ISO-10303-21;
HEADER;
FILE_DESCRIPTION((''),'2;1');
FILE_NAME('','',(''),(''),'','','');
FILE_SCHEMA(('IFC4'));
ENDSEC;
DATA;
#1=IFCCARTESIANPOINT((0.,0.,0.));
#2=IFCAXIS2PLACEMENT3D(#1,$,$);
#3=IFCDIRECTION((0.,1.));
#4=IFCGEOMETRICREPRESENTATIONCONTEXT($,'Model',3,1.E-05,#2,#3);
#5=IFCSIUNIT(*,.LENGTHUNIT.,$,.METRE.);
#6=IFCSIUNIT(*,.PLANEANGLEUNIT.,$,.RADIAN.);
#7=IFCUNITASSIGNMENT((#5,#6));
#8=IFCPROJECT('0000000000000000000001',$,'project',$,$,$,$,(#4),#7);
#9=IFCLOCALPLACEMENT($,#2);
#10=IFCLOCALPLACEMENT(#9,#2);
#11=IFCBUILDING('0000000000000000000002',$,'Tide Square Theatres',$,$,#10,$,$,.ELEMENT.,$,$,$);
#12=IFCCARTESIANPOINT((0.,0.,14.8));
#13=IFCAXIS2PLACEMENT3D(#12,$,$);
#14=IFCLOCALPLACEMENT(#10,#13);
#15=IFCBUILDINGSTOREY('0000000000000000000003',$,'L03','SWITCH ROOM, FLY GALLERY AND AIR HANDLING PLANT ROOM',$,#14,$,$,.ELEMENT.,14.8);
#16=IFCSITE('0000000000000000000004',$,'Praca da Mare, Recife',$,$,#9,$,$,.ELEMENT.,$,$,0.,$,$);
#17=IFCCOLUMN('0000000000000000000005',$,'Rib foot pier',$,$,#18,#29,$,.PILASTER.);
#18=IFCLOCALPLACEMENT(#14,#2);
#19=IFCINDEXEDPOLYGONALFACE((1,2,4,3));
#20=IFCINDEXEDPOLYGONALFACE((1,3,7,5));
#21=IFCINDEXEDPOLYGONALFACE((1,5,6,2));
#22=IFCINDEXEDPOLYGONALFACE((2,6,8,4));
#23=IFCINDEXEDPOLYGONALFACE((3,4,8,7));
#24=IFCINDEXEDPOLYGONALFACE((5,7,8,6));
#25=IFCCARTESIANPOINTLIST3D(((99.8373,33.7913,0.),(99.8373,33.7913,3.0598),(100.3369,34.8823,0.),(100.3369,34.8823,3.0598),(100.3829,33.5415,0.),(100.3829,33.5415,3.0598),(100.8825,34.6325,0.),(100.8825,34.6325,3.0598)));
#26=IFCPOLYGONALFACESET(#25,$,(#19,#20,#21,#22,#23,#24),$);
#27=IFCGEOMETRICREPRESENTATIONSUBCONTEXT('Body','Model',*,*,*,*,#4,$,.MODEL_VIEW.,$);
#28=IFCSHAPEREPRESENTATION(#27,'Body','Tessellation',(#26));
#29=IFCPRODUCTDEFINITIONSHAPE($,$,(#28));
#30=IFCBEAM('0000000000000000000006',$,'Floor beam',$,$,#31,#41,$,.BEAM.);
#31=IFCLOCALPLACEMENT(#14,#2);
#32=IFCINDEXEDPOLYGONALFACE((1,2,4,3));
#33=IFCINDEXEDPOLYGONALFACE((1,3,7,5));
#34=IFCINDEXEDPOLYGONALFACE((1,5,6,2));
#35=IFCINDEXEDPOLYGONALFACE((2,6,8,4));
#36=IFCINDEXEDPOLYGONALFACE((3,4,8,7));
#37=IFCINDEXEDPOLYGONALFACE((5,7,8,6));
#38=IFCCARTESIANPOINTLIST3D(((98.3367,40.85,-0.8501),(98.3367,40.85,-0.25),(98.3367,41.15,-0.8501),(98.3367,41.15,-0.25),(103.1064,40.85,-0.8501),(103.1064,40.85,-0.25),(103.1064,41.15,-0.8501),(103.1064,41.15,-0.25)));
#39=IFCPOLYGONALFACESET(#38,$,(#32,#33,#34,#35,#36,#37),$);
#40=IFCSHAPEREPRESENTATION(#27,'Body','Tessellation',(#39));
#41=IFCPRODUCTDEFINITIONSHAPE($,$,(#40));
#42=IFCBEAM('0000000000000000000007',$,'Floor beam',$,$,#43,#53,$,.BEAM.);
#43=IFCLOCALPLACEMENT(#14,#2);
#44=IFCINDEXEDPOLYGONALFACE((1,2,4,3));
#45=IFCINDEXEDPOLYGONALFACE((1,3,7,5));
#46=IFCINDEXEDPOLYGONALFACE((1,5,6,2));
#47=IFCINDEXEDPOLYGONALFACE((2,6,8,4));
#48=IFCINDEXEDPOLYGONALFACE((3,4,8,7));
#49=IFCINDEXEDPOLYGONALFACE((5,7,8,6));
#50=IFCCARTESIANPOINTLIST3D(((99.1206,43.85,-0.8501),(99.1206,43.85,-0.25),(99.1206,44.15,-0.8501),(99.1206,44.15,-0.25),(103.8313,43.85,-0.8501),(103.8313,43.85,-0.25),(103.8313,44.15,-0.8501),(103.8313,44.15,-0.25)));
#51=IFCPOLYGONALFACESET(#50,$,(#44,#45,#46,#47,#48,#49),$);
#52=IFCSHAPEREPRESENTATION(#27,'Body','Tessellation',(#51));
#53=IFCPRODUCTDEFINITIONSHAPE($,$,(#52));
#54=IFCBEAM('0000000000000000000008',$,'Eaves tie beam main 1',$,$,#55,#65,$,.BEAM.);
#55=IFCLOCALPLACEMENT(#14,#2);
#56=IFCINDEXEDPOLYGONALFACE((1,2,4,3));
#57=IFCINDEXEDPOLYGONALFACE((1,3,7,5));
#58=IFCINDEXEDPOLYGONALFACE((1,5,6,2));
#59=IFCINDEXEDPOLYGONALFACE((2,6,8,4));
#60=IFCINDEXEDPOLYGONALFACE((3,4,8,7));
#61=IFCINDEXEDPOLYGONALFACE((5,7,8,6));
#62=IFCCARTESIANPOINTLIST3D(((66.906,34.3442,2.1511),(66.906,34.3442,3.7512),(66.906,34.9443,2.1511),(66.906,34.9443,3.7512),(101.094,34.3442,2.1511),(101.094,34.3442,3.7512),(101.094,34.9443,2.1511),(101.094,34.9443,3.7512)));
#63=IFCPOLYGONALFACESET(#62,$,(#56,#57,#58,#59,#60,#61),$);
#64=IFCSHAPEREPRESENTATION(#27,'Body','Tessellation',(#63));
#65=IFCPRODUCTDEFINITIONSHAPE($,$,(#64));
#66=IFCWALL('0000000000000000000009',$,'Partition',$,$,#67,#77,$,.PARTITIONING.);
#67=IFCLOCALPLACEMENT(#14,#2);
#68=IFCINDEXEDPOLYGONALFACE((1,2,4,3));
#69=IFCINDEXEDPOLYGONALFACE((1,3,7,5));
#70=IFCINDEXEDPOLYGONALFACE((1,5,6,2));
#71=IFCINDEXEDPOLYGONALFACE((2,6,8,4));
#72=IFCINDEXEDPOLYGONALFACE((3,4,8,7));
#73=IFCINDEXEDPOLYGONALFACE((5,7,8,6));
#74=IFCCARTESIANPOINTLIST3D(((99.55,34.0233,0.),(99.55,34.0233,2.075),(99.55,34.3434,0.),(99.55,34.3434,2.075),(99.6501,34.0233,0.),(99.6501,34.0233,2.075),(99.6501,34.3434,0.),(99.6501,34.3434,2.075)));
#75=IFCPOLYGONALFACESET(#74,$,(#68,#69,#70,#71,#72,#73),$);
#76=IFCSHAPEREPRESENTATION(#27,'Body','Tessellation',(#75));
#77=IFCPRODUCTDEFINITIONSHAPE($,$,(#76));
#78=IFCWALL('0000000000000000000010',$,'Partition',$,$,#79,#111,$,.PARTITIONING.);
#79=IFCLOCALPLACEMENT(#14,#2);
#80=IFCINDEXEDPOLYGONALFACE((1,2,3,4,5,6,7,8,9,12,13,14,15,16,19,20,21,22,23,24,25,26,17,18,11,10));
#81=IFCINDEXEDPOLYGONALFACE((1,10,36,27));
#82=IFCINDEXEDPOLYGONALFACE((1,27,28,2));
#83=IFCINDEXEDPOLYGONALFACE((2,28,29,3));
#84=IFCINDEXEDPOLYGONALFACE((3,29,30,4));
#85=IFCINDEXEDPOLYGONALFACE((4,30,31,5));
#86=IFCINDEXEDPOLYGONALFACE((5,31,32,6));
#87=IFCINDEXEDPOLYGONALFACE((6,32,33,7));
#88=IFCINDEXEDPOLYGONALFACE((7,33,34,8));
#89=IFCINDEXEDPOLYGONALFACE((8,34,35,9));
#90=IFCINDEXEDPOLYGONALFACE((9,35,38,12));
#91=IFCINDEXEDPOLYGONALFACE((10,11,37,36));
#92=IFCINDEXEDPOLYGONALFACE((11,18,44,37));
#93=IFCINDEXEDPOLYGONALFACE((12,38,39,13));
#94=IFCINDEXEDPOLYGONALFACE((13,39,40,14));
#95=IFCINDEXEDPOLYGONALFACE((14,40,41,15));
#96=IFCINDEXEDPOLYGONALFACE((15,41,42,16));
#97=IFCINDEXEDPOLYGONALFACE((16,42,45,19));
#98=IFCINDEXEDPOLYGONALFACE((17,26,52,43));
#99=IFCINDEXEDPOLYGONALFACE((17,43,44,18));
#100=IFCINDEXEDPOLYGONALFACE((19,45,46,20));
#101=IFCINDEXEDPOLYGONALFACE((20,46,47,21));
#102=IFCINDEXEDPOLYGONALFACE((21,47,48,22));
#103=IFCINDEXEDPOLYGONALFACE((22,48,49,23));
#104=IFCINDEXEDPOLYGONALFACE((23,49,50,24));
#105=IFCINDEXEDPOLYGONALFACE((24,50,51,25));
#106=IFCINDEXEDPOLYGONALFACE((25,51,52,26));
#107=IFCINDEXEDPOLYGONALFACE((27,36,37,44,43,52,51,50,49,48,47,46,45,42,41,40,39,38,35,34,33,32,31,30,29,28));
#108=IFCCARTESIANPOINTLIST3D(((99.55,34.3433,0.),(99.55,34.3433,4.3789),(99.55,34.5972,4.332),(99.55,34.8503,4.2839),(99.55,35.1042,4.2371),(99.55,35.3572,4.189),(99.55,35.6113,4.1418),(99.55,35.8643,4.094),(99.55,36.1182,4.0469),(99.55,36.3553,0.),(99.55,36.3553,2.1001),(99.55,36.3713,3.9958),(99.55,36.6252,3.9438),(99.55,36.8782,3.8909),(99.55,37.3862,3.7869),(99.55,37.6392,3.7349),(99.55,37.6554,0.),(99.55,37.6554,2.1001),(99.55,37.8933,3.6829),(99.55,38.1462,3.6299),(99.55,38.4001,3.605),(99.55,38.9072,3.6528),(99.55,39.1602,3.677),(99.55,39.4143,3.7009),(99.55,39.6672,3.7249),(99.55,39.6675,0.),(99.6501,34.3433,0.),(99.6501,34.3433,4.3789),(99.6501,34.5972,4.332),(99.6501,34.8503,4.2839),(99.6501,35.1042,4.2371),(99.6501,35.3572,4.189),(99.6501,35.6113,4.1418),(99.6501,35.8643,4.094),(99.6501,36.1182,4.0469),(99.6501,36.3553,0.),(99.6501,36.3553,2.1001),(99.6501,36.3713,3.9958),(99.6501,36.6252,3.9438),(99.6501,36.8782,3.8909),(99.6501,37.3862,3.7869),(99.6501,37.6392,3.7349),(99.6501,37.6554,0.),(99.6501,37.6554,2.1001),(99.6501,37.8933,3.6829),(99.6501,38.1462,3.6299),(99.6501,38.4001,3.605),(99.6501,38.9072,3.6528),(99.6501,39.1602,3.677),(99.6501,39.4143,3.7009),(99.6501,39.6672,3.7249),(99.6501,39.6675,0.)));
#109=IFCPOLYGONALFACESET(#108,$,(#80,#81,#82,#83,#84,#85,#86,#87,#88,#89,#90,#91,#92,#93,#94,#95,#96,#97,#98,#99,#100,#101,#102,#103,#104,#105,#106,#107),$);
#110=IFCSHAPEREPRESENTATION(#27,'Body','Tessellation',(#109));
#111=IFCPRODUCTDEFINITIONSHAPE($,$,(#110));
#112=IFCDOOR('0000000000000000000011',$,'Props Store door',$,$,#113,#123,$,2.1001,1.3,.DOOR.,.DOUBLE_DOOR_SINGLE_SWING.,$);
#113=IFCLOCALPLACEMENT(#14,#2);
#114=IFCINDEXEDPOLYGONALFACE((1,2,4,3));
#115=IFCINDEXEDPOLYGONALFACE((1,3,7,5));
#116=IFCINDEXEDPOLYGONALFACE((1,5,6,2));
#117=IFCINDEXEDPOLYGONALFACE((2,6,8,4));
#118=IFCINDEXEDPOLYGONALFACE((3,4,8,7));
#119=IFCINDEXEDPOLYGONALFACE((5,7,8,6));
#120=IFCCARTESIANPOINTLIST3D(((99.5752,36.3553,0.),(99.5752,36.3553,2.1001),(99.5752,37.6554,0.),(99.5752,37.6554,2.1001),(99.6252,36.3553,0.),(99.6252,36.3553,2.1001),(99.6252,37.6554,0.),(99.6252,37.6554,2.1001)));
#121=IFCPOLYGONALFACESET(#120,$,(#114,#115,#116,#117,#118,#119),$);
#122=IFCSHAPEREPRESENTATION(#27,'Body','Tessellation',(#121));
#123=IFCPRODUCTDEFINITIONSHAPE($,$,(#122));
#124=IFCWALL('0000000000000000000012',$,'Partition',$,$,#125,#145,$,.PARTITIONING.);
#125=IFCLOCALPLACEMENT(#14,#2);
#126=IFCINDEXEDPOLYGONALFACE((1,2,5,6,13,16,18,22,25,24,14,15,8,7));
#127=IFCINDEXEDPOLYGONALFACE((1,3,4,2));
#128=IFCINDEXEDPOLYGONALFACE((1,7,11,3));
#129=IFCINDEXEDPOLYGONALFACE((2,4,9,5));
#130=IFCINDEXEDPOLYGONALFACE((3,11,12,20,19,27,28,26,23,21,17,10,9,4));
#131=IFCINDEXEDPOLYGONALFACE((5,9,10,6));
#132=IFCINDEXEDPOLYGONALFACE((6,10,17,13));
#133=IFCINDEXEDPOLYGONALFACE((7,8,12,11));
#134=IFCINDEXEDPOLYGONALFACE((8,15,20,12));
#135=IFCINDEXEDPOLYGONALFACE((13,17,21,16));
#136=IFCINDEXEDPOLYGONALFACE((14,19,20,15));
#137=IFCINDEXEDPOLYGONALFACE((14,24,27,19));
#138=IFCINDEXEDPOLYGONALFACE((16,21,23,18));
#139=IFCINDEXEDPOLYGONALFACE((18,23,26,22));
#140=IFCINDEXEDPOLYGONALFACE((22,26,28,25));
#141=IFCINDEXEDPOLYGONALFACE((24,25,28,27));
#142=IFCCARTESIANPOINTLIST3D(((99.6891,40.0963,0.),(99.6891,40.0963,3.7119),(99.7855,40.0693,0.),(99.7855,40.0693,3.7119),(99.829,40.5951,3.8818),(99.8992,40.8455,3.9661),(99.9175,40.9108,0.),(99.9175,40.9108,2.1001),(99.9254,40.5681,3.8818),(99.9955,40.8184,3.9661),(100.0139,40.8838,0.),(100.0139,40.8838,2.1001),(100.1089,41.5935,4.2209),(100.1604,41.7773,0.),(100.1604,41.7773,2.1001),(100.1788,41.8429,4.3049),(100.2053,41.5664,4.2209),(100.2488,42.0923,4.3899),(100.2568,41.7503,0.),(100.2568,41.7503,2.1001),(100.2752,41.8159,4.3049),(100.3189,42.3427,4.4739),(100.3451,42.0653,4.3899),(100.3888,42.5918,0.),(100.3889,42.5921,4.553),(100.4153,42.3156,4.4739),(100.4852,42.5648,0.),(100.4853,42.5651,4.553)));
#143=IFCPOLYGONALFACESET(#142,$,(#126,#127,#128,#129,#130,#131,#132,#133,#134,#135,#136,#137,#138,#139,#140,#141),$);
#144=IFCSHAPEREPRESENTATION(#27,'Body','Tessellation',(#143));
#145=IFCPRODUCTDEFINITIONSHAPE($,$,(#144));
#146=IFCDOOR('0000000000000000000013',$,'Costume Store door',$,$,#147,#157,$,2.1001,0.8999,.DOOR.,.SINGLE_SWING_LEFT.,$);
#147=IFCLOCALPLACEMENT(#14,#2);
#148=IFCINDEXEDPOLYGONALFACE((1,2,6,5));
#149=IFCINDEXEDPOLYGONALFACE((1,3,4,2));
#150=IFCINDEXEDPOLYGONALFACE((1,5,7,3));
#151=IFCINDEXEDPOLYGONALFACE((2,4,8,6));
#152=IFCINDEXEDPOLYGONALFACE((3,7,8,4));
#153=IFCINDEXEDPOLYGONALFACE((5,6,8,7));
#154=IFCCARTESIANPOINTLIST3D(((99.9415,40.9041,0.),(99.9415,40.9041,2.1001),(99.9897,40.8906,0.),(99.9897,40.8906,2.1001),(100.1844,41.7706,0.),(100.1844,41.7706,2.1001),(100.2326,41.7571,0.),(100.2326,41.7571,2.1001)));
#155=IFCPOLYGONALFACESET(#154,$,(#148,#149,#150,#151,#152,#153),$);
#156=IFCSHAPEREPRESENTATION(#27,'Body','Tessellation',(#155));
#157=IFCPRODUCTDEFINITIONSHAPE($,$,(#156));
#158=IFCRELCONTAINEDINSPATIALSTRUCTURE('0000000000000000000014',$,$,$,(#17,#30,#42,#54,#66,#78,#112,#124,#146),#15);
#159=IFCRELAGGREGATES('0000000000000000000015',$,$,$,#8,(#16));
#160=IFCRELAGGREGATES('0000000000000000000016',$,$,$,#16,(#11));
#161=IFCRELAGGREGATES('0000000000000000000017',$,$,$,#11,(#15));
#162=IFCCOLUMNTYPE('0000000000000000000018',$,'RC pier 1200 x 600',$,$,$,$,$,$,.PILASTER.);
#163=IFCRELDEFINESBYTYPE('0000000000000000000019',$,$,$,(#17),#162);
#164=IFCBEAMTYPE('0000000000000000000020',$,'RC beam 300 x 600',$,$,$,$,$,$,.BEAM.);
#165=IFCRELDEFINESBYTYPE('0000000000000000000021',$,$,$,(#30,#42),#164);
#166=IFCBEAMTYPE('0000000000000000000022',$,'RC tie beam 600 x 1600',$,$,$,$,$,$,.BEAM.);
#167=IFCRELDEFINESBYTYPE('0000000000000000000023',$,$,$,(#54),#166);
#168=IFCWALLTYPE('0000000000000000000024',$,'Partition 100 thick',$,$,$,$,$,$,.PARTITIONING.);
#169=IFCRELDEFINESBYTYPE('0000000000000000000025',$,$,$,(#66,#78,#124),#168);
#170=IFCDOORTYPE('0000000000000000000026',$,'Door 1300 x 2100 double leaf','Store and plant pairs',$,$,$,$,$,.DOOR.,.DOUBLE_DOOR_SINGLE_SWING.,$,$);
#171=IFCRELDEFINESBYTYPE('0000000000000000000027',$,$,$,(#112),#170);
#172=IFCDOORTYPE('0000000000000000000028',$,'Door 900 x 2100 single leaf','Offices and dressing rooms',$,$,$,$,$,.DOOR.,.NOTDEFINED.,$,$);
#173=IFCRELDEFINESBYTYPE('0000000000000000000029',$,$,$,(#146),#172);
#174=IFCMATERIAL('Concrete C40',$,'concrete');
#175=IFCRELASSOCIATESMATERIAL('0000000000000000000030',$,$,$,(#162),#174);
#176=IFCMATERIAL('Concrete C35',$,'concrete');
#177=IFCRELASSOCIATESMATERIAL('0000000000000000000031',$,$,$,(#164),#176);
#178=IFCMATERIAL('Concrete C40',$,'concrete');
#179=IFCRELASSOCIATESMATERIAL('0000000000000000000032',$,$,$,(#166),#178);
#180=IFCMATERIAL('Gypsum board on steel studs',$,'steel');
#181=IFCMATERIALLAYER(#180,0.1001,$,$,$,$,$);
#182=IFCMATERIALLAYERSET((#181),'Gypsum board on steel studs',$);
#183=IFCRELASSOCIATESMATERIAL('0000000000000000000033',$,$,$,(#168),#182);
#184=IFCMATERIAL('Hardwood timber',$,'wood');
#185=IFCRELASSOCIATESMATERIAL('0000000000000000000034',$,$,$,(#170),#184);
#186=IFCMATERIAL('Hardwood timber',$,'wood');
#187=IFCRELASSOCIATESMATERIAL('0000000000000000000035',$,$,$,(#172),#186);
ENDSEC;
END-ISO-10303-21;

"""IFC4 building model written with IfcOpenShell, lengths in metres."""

from ifc_helpers import new_model, si_unit, direction, frame, frame_2d, origin, origin_2d, place, context, subcontext, project, spatial, polyline, rectangle, outline, extrude, material, layer, layer_set, material_profile, profile_set, type_object, element, fill, save


model = new_model("IFC4")

# Units and contexts
model_context = context("Model", 3, precision=1e-05, world=origin(), true_north=direction((0.0, 1.0)))
body_context = subcontext(model_context, "Body", "Model", "MODEL_VIEW")
ifc_project = project(units=[si_unit("LENGTHUNIT", "METRE"), si_unit("PLANEANGLEUNIT", "RADIAN")], contexts=[model_context])

# Site, building, storey
site_placement = place(None, origin())
site = spatial("IfcSite", under=ifc_project, at=site_placement, Name="Praca da Mare, Recife", CompositionType="ELEMENT", RefElevation=0.0)
building_placement = place(site_placement, origin())
building = spatial("IfcBuilding", under=site, at=building_placement, Name="Tide Square Theatres", CompositionType="ELEMENT")
storey_placement = place(building_placement, frame((0.0, 0.0, 14.8)))
storey = spatial("IfcBuildingStorey", under=building, at=storey_placement, Name="L03", Description="SWITCH ROOM, FLY GALLERY AND AIR HANDLING PLANT ROOM", CompositionType="ELEMENT", Elevation=14.8)

# Column
ifc_material_1 = material(Name="Concrete C40", Category="concrete")
ifc_material_profile_1 = material_profile(ifc_material_1, rectangle(XDim=1.2, YDim=0.6001, at=origin_2d()))
ifc_profile_set_1 = profile_set([ifc_material_profile_1], Name="Concrete C40")
column_type = type_object("IfcColumnType", Name="RC pier 1200 x 600", PredefinedType="PILASTER", material=ifc_profile_set_1)
column_placement = place(storey_placement, frame((100.3599, 34.2119, 0.0), z_axis=(0.0, 0.0, 1.0), x_axis=(0.416344, 0.909207, 0.0)))
element("IfcColumn", 1, at=column_placement, inside=storey, type_object=column_type, Name="Rib foot pier", PredefinedType="PILASTER", context=body_context, shape_type="SweptSolid", body=[
    extrude(rectangle(XDim=1.2, YDim=0.6001, at=origin_2d()), origin(), (0.0, 0.0, 1.0), 3.0598),
])

# Beams
ifc_material_2 = material(Name="Concrete C35", Category="concrete")
ifc_material_profile_2 = material_profile(ifc_material_2, rectangle(XDim=0.3, YDim=0.6001, at=origin_2d()))
ifc_profile_set_2 = profile_set([ifc_material_profile_2], Name="Concrete C35")
beam_type_1 = type_object("IfcBeamType", Name="RC beam 300 x 600", PredefinedType="BEAM", material=ifc_profile_set_2)
beam_1_placement = place(storey_placement, frame((98.3367, 41.0, -0.55), z_axis=(1.0, 0.0, 0.0), x_axis=(0.0, 1.0, 0.0)))
element("IfcBeam", 2, at=beam_1_placement, inside=storey, type_object=beam_type_1, Name="Floor beam", PredefinedType="BEAM", context=body_context, shape_type="SweptSolid", body=[
    extrude(rectangle(XDim=0.3, YDim=0.6001, at=origin_2d()), origin(), (0.0, 0.0, 1.0), 4.7698),
])
beam_2_placement = place(storey_placement, frame((99.1206, 44.0, -0.55), z_axis=(1.0, 0.0, 0.0), x_axis=(0.0, 1.0, 0.0)))
element("IfcBeam", 3, at=beam_2_placement, inside=storey, type_object=beam_type_1, Name="Floor beam", PredefinedType="BEAM", context=body_context, shape_type="SweptSolid", body=[
    extrude(rectangle(XDim=0.3, YDim=0.6001, at=origin_2d()), origin(), (0.0, 0.0, 1.0), 4.7107),
])
ifc_material_3 = material(Name="Concrete C40", Category="concrete")
ifc_material_profile_3 = material_profile(ifc_material_3, rectangle(XDim=0.6001, YDim=1.6001, at=origin_2d()))
ifc_profile_set_3 = profile_set([ifc_material_profile_3], Name="Concrete C40")
beam_type_2 = type_object("IfcBeamType", Name="RC tie beam 600 x 1600", PredefinedType="BEAM", material=ifc_profile_set_3)
beam_3_placement = place(storey_placement, frame((101.094, 34.6443, 2.9512), z_axis=(-1.0, 0.0, 0.0), x_axis=(0.0, -1.0, 0.0)))
element("IfcBeam", 4, at=beam_3_placement, inside=storey, type_object=beam_type_2, Name="Eaves tie beam main 1", PredefinedType="BEAM", context=body_context, shape_type="SweptSolid", body=[
    extrude(rectangle(XDim=0.6001, YDim=1.6001, at=origin_2d()), origin(), (0.0, 0.0, 1.0), 34.188),
])

# Wall
ifc_material_4 = material(Name="Gypsum board on steel studs", Category="steel")
ifc_layer_1 = layer(ifc_material_4, 0.1001)
ifc_layer_set_1 = layer_set([ifc_layer_1], Name="Gypsum board on steel studs")
wall_type_1 = type_object("IfcWallType", Name="Partition 100 thick", PredefinedType="PARTITIONING", material=ifc_layer_set_1)
wall_1_placement = place(storey_placement, frame((99.6001, 34.0232, 0.0), z_axis=(0.0, 0.0, 1.0), x_axis=(0.0, 1.0, 0.0)))
element("IfcWall", 5, at=wall_1_placement, inside=storey, type_object=wall_type_1, Name="Partition", PredefinedType="PARTITIONING", context=body_context, shape_type="SweptSolid", body=[
    extrude(rectangle(XDim=0.3201, YDim=0.1001, at=frame_2d((0.1602, 0.0))), origin(), (0.0, 0.0, 1.0), 2.075),
])

# Walls, openings, doors
wall_2_placement = place(storey_placement, frame((99.6001, 34.3433, 0.0), z_axis=(0.0, 0.0, 1.0), x_axis=(0.0, 1.0, 0.0)))
wall_2 = element("IfcWall", 6, at=wall_2_placement, inside=storey, type_object=wall_type_1, Name="Partition", PredefinedType="PARTITIONING", context=body_context, shape_type="SweptSolid", body=[
    extrude(outline(polyline([(0.0, 0.0), (5.3242, 0.0), (5.324, 3.7249), (5.071, 3.7009), (4.8169, 3.677), (4.564, 3.6528), (4.3101, 3.6289), (4.0569, 3.605), (3.803, 3.6299), (3.55, 3.6829), (3.2959, 3.7349), (3.043, 3.7869), (2.7891, 3.8389), (2.5349, 3.8909), (2.282, 3.9438), (2.0281, 3.9958), (1.7749, 4.0469), (1.521, 4.094), (1.2681, 4.1418), (1.0139, 4.189), (0.761, 4.2371), (0.5071, 4.2839), (0.2539, 4.332), (0.0, 4.3789), (0.0, 0.0)])), frame((0.0, 0.05, 0.0), z_axis=(0.0, -1.0, 0.0), x_axis=(1.0, 0.0, 0.0)), (0.0, 0.0, 1.0), 0.1001),
])
opening_1_placement = place(wall_2_placement, frame((2.0122, 0.0, 0.0)))
opening_1 = element("IfcOpeningElement", 7, at=opening_1_placement, cuts=wall_2, PredefinedType="OPENING", context=body_context, shape_type="SweptSolid", body=[
    extrude(rectangle(XDim=1.3, YDim=2.1001, at=frame_2d((0.6499, 1.05))), frame((0.0, 0.0601, 0.0), z_axis=(0.0, -1.0, 0.0), x_axis=(1.0, 0.0, 0.0)), (0.0, 0.0, 1.0), 0.1201),
])
ifc_material_5 = material(Name="Hardwood timber", Category="wood")
door_type_1 = type_object("IfcDoorType", Name="Door 1300 x 2100 double leaf", Description="Store and plant pairs", OperationType="DOUBLE_DOOR_SINGLE_SWING", PredefinedType="DOOR", material=ifc_material_5)
door_1_placement = place(opening_1_placement, origin())
door_1 = element("IfcDoor", 8, at=door_1_placement, inside=storey, type_object=door_type_1, Name="Props Store door", OperationType="DOUBLE_DOOR_SINGLE_SWING", OverallHeight=2.1001, OverallWidth=1.3, PredefinedType="DOOR", context=body_context, shape_type="SweptSolid", body=[
    extrude(rectangle(XDim=1.3, YDim=2.1001, at=frame_2d((0.6499, 1.05))), frame((0.0, 0.0249, 0.0), z_axis=(0.0, -1.0, 0.0), x_axis=(1.0, 0.0, 0.0)), (0.0, 0.0, 1.0), 0.05),
])
fill(opening_1, door_1)
wall_3_placement = place(storey_placement, frame((99.7373, 40.0828, 0.0), z_axis=(0.0, 0.0, 1.0), x_axis=(0.269965, 0.96287, 0.0)))
wall_3 = element("IfcWall", 9, at=wall_3_placement, inside=storey, type_object=wall_type_1, Name="Partition", PredefinedType="PARTITIONING", context=body_context, shape_type="SweptSolid", body=[
    extrude(outline(polyline([(0.0, 0.0), (2.5918, 0.0), (2.592, 4.553), (2.333, 4.4739), (2.073, 4.3899), (1.814, 4.3049), (1.5549, 4.2209), (1.2959, 4.136), (1.0371, 4.051), (0.7781, 3.9661), (0.5181, 3.8818), (0.259, 3.7969), (0.0, 3.7119), (0.0, 0.0)])), frame((0.0, 0.05, 0.0), z_axis=(0.0, -1.0, 0.0), x_axis=(1.0, 0.0, 0.0)), (0.0, 0.0, 1.0), 0.1001),
])
opening_2_placement = place(wall_3_placement, frame((0.8459, 0.0, 0.0)))
opening_2 = element("IfcOpeningElement", 10, at=opening_2_placement, cuts=wall_3, PredefinedType="OPENING", context=body_context, shape_type="SweptSolid", body=[
    extrude(rectangle(XDim=0.8999, YDim=2.1001, at=frame_2d((0.45, 1.05))), frame((0.0, 0.0601, 0.0), z_axis=(0.0, -1.0, 0.0), x_axis=(1.0, 0.0, 0.0)), (0.0, 0.0, 1.0), 0.1201),
])
ifc_material_6 = material(Name="Hardwood timber", Category="wood")
door_type_2 = type_object("IfcDoorType", Name="Door 900 x 2100 single leaf", Description="Offices and dressing rooms", OperationType="NOTDEFINED", PredefinedType="DOOR", material=ifc_material_6)
door_2_placement = place(opening_2_placement, frame((0.8999, 0.0, 0.0), z_axis=(0.0, 0.0, 1.0), x_axis=(-1.0, 0.0, 0.0)))
door_2 = element("IfcDoor", 11, at=door_2_placement, inside=storey, type_object=door_type_2, Name="Costume Store door", OperationType="SINGLE_SWING_LEFT", OverallHeight=2.1001, OverallWidth=0.8999, PredefinedType="DOOR", context=body_context, shape_type="SweptSolid", body=[
    extrude(rectangle(XDim=0.8999, YDim=2.1001, at=frame_2d((0.45, 1.05))), frame((0.0, 0.0249, 0.0), z_axis=(0.0, -1.0, 0.0), x_axis=(1.0, 0.0, 0.0)), (0.0, 0.0, 1.0), 0.05),
])
fill(opening_2, door_2)

save(model, "model.ifc")
